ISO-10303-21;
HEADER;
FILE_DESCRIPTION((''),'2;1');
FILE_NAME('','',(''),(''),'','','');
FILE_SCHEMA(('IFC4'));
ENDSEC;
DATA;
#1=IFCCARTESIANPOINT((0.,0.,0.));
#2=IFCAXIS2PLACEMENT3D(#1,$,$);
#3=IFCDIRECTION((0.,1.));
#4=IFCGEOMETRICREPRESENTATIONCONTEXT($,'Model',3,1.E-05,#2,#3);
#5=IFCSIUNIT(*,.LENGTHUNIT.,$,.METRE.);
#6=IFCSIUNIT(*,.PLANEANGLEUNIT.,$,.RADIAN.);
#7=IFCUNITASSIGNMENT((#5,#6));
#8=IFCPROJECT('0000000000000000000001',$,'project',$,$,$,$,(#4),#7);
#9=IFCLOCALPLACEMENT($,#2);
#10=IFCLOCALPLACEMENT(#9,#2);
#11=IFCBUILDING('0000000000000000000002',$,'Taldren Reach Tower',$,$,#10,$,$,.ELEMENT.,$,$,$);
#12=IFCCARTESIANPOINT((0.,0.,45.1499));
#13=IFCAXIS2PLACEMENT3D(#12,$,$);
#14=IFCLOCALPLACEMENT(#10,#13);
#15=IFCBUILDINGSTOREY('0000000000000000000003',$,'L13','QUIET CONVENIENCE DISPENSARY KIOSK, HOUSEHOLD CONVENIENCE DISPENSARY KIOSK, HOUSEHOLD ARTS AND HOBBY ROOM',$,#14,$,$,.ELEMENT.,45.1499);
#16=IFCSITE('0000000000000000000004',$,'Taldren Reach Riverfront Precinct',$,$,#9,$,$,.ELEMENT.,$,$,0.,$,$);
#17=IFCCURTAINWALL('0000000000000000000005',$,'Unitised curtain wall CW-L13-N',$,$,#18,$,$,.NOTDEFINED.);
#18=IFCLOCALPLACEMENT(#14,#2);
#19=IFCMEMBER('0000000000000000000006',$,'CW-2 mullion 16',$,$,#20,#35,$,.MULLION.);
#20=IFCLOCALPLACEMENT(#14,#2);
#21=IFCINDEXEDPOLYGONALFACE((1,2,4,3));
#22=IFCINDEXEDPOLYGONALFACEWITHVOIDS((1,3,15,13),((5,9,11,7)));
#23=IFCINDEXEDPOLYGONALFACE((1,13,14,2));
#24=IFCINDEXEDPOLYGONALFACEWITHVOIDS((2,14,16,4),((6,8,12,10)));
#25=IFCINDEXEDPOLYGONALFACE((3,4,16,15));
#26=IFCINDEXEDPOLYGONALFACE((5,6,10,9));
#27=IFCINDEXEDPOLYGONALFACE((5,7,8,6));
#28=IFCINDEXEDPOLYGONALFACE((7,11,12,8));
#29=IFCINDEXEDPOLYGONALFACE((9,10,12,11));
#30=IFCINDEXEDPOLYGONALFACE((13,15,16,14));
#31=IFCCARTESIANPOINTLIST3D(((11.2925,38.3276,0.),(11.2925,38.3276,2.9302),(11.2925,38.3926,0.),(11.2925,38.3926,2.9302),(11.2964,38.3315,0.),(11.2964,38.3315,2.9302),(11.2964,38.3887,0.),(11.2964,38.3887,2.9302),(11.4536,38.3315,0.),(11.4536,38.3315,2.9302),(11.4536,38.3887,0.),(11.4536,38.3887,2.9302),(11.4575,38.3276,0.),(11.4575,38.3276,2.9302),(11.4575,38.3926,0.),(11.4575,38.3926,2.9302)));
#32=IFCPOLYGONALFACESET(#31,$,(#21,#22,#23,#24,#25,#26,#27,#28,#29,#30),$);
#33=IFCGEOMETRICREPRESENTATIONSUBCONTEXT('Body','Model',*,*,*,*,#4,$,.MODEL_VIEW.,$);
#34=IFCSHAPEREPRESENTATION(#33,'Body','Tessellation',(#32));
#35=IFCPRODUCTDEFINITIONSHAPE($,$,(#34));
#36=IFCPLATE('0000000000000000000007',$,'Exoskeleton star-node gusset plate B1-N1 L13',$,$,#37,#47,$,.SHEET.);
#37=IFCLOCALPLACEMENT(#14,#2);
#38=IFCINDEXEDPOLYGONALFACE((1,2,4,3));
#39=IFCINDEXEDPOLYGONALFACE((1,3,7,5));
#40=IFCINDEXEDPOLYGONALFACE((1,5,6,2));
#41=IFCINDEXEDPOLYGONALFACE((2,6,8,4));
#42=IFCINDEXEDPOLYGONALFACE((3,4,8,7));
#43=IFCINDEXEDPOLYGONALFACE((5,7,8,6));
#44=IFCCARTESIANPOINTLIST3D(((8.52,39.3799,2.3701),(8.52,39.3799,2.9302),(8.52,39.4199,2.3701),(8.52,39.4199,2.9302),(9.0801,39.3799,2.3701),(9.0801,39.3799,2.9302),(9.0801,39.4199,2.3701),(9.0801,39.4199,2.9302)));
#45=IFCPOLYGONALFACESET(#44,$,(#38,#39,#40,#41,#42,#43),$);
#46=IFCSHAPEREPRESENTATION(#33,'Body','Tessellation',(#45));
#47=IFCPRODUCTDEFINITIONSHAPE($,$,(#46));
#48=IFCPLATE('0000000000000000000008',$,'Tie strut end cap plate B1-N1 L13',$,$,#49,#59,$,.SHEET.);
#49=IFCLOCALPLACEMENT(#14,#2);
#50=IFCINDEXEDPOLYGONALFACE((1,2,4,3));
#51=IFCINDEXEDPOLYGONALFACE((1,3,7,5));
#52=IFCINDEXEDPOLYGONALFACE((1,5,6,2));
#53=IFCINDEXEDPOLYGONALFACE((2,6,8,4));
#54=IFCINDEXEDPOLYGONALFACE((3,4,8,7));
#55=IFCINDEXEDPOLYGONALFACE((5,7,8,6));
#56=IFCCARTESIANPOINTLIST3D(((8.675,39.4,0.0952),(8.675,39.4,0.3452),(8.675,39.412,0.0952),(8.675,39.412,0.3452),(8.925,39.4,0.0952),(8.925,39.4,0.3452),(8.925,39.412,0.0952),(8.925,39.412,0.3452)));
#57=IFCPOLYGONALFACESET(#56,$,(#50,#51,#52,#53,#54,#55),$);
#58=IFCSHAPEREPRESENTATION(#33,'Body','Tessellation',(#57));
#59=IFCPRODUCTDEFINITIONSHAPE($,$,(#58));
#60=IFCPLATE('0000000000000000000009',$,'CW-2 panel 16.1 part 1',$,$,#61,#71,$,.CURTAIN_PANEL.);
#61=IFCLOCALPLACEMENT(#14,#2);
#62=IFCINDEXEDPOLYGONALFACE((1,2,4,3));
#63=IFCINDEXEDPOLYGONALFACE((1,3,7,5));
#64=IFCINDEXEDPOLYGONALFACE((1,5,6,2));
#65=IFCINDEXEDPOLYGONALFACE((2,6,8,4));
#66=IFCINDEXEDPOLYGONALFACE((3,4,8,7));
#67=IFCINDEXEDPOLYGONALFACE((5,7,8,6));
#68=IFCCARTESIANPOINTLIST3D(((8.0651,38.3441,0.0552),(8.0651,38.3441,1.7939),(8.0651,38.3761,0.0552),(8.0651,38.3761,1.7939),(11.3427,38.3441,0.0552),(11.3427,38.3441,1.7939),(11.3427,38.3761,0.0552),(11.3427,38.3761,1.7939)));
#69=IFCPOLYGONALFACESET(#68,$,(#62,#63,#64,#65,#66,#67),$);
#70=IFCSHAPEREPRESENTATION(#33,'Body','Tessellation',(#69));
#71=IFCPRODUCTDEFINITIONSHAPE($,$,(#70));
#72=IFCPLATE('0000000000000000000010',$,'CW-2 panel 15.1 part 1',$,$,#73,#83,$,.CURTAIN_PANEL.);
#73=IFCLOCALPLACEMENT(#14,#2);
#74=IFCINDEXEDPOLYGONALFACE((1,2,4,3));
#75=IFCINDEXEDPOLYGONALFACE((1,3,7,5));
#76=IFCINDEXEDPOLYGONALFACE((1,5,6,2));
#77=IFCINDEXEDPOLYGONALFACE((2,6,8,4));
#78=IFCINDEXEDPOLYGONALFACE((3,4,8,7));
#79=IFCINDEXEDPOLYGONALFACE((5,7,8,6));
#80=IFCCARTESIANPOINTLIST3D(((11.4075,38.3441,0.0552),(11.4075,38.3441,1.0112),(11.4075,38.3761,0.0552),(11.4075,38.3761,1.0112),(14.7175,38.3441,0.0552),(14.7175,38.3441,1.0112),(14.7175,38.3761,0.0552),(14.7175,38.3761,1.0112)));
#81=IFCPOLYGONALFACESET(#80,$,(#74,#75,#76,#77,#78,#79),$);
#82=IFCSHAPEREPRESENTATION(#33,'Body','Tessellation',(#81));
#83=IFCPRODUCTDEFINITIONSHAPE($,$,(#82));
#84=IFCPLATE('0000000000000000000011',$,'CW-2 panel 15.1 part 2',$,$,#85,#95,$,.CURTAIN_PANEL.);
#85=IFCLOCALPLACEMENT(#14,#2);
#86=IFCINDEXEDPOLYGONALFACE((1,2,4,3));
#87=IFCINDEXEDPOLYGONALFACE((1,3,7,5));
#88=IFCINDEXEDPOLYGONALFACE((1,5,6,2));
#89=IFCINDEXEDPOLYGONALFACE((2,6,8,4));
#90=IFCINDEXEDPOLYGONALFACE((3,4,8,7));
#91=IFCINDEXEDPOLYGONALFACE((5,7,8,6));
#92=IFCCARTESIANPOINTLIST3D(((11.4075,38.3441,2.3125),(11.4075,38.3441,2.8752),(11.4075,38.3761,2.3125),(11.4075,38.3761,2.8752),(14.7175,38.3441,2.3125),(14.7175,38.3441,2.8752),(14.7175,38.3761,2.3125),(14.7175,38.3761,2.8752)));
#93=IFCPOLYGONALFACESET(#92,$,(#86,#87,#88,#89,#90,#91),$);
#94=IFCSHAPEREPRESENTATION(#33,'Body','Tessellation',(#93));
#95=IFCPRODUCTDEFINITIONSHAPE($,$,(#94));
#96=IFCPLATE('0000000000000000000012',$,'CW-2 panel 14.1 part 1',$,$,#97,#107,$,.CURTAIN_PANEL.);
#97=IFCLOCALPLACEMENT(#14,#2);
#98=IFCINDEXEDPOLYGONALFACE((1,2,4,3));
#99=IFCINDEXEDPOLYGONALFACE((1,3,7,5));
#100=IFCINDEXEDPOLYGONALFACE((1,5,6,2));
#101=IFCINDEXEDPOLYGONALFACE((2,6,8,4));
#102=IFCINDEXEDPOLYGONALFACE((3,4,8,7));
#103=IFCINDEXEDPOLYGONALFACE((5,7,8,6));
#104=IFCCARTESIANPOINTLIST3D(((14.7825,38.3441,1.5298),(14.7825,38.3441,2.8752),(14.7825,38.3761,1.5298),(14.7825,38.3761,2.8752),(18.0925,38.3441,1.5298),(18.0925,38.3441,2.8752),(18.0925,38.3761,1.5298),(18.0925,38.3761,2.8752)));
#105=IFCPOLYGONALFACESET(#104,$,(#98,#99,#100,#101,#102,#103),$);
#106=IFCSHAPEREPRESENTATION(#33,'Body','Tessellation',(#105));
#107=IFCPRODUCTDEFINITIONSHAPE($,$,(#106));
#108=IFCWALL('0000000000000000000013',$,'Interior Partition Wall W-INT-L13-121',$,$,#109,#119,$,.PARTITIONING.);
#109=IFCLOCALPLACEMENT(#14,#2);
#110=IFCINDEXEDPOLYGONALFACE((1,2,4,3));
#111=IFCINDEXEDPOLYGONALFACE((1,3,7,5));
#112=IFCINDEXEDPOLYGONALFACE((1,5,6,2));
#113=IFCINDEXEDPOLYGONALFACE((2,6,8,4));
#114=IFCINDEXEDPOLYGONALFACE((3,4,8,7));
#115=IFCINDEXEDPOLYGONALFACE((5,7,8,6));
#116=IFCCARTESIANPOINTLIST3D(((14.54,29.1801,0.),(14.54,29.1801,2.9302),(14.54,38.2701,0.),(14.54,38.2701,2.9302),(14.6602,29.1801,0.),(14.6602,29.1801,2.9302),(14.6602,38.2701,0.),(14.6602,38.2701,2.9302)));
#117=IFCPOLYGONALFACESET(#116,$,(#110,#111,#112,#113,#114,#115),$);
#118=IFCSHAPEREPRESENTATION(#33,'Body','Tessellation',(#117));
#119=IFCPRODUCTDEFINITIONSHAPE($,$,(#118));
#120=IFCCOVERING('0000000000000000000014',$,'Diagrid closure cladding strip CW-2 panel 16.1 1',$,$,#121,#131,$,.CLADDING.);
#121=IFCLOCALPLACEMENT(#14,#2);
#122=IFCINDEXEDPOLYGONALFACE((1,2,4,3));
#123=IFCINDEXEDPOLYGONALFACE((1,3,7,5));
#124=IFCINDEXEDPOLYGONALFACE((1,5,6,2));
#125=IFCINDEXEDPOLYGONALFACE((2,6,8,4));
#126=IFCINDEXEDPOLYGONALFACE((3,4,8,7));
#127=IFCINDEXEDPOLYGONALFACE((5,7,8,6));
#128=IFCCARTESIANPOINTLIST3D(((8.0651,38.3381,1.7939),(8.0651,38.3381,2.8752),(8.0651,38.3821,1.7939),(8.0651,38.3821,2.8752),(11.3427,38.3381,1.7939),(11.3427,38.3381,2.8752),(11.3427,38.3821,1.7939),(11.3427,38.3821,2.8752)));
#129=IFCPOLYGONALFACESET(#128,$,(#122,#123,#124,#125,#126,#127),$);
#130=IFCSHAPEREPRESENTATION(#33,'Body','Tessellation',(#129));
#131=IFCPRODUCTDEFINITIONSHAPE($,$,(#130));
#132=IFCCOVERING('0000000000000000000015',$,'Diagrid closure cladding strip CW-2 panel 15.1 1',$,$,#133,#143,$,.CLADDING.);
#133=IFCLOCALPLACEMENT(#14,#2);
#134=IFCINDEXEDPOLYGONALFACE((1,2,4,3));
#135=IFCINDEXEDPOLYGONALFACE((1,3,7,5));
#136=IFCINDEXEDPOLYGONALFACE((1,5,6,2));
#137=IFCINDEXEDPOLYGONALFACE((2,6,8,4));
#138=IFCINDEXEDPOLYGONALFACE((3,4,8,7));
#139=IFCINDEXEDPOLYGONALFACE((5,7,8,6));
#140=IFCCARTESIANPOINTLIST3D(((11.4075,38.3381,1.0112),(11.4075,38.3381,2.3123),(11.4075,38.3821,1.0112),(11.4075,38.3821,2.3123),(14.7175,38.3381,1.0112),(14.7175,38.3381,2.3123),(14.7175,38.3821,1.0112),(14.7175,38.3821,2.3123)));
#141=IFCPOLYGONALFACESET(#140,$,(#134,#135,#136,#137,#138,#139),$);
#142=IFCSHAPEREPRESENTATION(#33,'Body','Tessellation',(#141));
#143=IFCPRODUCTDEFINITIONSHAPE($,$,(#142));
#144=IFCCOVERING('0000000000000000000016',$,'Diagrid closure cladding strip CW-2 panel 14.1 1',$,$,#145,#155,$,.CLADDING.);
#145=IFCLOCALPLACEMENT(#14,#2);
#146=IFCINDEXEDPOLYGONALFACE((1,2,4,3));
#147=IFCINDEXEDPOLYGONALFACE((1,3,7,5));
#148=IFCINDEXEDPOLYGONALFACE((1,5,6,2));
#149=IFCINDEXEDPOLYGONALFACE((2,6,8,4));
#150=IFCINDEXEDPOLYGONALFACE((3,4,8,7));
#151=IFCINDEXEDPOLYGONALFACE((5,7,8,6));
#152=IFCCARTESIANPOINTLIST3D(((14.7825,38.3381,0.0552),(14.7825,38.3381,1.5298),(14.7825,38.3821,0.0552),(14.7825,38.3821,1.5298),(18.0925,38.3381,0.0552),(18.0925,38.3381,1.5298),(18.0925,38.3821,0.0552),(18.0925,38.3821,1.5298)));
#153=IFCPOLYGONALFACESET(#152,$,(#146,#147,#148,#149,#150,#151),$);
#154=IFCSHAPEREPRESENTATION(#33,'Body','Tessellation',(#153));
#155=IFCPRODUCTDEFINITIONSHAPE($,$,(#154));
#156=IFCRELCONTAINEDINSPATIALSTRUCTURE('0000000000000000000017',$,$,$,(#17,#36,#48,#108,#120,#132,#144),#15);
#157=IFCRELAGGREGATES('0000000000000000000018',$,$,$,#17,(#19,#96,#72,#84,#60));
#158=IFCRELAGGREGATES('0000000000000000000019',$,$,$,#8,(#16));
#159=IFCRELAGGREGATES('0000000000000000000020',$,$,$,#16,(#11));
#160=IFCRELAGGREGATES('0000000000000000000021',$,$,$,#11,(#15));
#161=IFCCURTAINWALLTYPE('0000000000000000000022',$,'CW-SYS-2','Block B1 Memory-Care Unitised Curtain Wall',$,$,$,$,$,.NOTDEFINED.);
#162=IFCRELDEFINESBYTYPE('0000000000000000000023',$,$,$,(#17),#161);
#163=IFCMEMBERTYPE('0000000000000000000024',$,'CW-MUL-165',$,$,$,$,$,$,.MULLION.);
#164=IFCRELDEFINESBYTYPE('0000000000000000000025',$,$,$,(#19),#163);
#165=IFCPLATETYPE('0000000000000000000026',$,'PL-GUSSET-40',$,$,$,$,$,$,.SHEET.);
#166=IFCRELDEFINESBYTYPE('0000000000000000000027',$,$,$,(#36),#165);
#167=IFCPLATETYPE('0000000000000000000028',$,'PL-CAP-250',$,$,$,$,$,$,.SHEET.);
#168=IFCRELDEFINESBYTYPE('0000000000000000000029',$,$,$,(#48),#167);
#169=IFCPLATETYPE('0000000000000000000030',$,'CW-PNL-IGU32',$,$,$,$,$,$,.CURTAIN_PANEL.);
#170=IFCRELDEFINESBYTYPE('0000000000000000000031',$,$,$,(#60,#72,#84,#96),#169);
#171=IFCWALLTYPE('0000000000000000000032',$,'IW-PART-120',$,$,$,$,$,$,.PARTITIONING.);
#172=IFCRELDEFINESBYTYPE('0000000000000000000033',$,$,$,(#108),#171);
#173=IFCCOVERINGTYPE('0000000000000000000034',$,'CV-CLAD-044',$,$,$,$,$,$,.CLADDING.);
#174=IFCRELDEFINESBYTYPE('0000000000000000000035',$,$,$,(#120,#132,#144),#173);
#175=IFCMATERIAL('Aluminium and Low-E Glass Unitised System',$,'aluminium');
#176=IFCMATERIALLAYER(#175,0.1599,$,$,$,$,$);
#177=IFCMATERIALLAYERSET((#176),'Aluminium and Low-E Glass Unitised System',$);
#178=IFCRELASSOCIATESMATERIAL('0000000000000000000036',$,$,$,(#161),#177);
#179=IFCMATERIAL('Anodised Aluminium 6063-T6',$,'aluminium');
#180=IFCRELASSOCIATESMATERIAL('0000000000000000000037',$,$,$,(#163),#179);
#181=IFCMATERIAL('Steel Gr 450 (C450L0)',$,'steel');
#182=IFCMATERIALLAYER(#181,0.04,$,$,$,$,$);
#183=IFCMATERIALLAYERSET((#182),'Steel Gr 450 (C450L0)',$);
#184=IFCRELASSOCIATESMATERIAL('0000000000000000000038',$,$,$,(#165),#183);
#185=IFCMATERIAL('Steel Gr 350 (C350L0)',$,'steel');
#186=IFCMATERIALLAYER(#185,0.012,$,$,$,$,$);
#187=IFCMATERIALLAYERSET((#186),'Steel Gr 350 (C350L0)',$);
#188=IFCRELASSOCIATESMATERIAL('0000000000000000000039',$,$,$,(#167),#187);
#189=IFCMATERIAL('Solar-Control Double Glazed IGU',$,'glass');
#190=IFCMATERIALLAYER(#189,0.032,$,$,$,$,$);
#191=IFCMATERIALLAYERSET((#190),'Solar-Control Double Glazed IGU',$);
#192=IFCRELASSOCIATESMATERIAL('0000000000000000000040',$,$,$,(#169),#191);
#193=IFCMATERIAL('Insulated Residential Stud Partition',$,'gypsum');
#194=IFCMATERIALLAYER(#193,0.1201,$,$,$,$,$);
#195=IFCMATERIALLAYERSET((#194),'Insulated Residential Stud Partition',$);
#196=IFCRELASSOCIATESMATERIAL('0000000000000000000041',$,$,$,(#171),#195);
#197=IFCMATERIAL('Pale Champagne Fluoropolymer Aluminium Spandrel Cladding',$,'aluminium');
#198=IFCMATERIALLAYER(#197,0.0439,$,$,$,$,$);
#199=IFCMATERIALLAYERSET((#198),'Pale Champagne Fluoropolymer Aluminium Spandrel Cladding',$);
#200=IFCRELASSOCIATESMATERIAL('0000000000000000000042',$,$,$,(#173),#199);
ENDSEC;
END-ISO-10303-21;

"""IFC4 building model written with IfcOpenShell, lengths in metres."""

from ifc_helpers import new_model, si_unit, direction, frame, frame_2d, origin, origin_2d, place, context, subcontext, project, spatial, rectangle, hollow_rectangle, extrude, source, transform, mapped, material, layer, layer_set, material_profile, profile_set, type_object, element, aggregate, save


model = new_model("IFC4")

# Units and contexts
model_context = context("Model", 3, precision=1e-05, world=origin(), true_north=direction((0.0, 1.0)))
body_context = subcontext(model_context, "Body", "Model", "MODEL_VIEW")
ifc_project = project(units=[si_unit("LENGTHUNIT", "METRE"), si_unit("PLANEANGLEUNIT", "RADIAN")], contexts=[model_context])

# Site, building, storey
site_placement = place(None, origin())
site = spatial("IfcSite", under=ifc_project, at=site_placement, Name="Taldren Reach Riverfront Precinct", CompositionType="ELEMENT", RefElevation=0.0)
building_placement = place(site_placement, origin())
building = spatial("IfcBuilding", under=site, at=building_placement, Name="Taldren Reach Tower", CompositionType="ELEMENT")
storey_placement = place(building_placement, frame((0.0, 0.0, 45.1499)))
storey = spatial("IfcBuildingStorey", under=building, at=storey_placement, Name="L13", Description="QUIET CONVENIENCE DISPENSARY KIOSK, HOUSEHOLD CONVENIENCE DISPENSARY KIOSK, HOUSEHOLD ARTS AND HOBBY ROOM", CompositionType="ELEMENT", Elevation=45.1499)

# Shared definitions
ifc_material_1 = material(Name="Steel Gr 450 (C450L0)", Category="steel")
ifc_material_2 = material(Name="Steel Gr 350 (C350L0)", Category="steel")

# Curtain wall, member
ifc_material_3 = material(Name="Aluminium and Low-E Glass Unitised System", Category="aluminium")
ifc_layer_1 = layer(ifc_material_3, 0.1599)
ifc_layer_set_1 = layer_set([ifc_layer_1], Name="Aluminium and Low-E Glass Unitised System")
curtain_wall_type = type_object("IfcCurtainWallType", Name="CW-SYS-2", Description="Block B1 Memory-Care Unitised Curtain Wall", PredefinedType="NOTDEFINED", material=ifc_layer_set_1)
curtain_wall_placement = place(storey_placement, origin())
curtain_wall = element("IfcCurtainWall", 1, at=curtain_wall_placement, inside=storey, type_object=curtain_wall_type, Name="Unitised curtain wall CW-L13-N", PredefinedType="NOTDEFINED")
ifc_material_4 = material(Name="Anodised Aluminium 6063-T6", Category="aluminium")
ifc_material_profile_1 = material_profile(ifc_material_4, hollow_rectangle(XDim=0.0649, YDim=0.165, WallThickness=0.0039, at=origin_2d()), Name="ALU-165x65x4RHS")
ifc_profile_set_1 = profile_set([ifc_material_profile_1], Name="Anodised Aluminium 6063-T6")
member_type_1 = type_object("IfcMemberType", Name="CW-MUL-165", PredefinedType="MULLION", material=ifc_profile_set_1)
shared_shape_1 = source(origin(), body_context, "Body", "SweptSolid", [
    extrude(hollow_rectangle(XDim=0.0649, YDim=0.165, WallThickness=0.0039, at=origin_2d()), origin(), (0.0, 0.0, 1.0), 2.9302),
])
member_1_placement = place(storey_placement, frame((11.375, 38.3601, 0.0), z_axis=(0.0, 0.0, 1.0), x_axis=(0.0, -1.0, 0.0)))
member_1 = element("IfcMember", 2, at=member_1_placement, type_object=member_type_1, Name="CW-2 mullion 16", PredefinedType="MULLION", context=body_context, shape_type="MappedRepresentation", body=[
    mapped(shared_shape_1, transform((0.0, 0.0, 0.0), scale=1.0)),
])

# Plates
ifc_layer_2 = layer(ifc_material_1, 0.04)
ifc_layer_set_2 = layer_set([ifc_layer_2], Name="Steel Gr 450 (C450L0)")
plate_type_1 = type_object("IfcPlateType", Name="PL-GUSSET-40", PredefinedType="SHEET", material=ifc_layer_set_2)
shared_shape_2 = source(origin(), body_context, "Body", "SweptSolid", [
    extrude(rectangle(XDim=0.5601, YDim=0.04, at=origin_2d()), origin(), (0.0, 0.0, 1.0), 0.5601),
])
plate_1_placement = place(storey_placement, frame((8.8, 39.3999, 2.3701), z_axis=(0.0, 0.0, 1.0), x_axis=(1.0, 0.0, 0.0)))
element("IfcPlate", 3, at=plate_1_placement, inside=storey, type_object=plate_type_1, Name="Exoskeleton star-node gusset plate B1-N1 L13", PredefinedType="SHEET", context=body_context, shape_type="MappedRepresentation", body=[
    mapped(shared_shape_2, transform((0.0, 0.0, 0.0), scale=1.0)),
])
ifc_layer_3 = layer(ifc_material_2, 0.012)
ifc_layer_set_3 = layer_set([ifc_layer_3], Name="Steel Gr 350 (C350L0)")
plate_type_2 = type_object("IfcPlateType", Name="PL-CAP-250", PredefinedType="SHEET", material=ifc_layer_set_3)
shared_shape_3 = source(origin(), body_context, "Body", "SweptSolid", [
    extrude(rectangle(XDim=0.25, YDim=0.012, at=origin_2d()), origin(), (0.0, 0.0, 1.0), 0.25),
])
plate_2_placement = place(storey_placement, frame((8.8, 39.406, 0.0952), z_axis=(0.0, 0.0, 1.0), x_axis=(1.0, 0.0, 0.0)))
element("IfcPlate", 4, at=plate_2_placement, inside=storey, type_object=plate_type_2, Name="Tie strut end cap plate B1-N1 L13", PredefinedType="SHEET", context=body_context, shape_type="MappedRepresentation", body=[
    mapped(shared_shape_3, transform((0.0, 0.0, 0.0), scale=1.0)),
])

# Plates
ifc_material_5 = material(Name="Solar-Control Double Glazed IGU", Category="glass")
ifc_layer_4 = layer(ifc_material_5, 0.032)
ifc_layer_set_4 = layer_set([ifc_layer_4], Name="Solar-Control Double Glazed IGU")
plate_type_3 = type_object("IfcPlateType", Name="CW-PNL-IGU32", PredefinedType="CURTAIN_PANEL", material=ifc_layer_set_4)
shared_shape_4 = source(origin(), body_context, "Body", "SweptSolid", [
    extrude(rectangle(XDim=3.2776, YDim=0.032, at=origin_2d()), origin(), (0.0, 0.0, 1.0), 1.7388),
])
plate_3_placement = place(storey_placement, frame((9.7039, 38.3601, 0.0552), z_axis=(0.0, 0.0, 1.0), x_axis=(-1.0, 0.0, 0.0)))
plate_3 = element("IfcPlate", 5, at=plate_3_placement, type_object=plate_type_3, Name="CW-2 panel 16.1 part 1", PredefinedType="CURTAIN_PANEL", context=body_context, shape_type="MappedRepresentation", body=[
    mapped(shared_shape_4, transform((0.0, 0.0, 0.0), scale=1.0)),
])
shared_shape_5 = source(origin(), body_context, "Body", "SweptSolid", [
    extrude(rectangle(XDim=3.3101, YDim=0.032, at=origin_2d()), origin(), (0.0, 0.0, 1.0), 0.9561),
])
plate_4_placement = place(storey_placement, frame((13.0625, 38.3601, 0.0552), z_axis=(0.0, 0.0, 1.0), x_axis=(-1.0, 0.0, 0.0)))
plate_4 = element("IfcPlate", 6, at=plate_4_placement, type_object=plate_type_3, Name="CW-2 panel 15.1 part 1", PredefinedType="CURTAIN_PANEL", context=body_context, shape_type="MappedRepresentation", body=[
    mapped(shared_shape_5, transform((0.0, 0.0, 0.0), scale=1.0)),
])
shared_shape_6 = source(origin(), body_context, "Body", "SweptSolid", [
    extrude(rectangle(XDim=3.3101, YDim=0.032, at=origin_2d()), origin(), (0.0, 0.0, 1.0), 0.5627),
])
plate_5_placement = place(storey_placement, frame((13.0625, 38.3601, 2.3125), z_axis=(0.0, 0.0, 1.0), x_axis=(-1.0, 0.0, 0.0)))
plate_5 = element("IfcPlate", 7, at=plate_5_placement, type_object=plate_type_3, Name="CW-2 panel 15.1 part 2", PredefinedType="CURTAIN_PANEL", context=body_context, shape_type="MappedRepresentation", body=[
    mapped(shared_shape_6, transform((0.0, 0.0, 0.0), scale=1.0)),
])
shared_shape_7 = source(origin(), body_context, "Body", "SweptSolid", [
    extrude(rectangle(XDim=3.3101, YDim=0.032, at=origin_2d()), origin(), (0.0, 0.0, 1.0), 1.3455),
])
plate_6_placement = place(storey_placement, frame((16.4375, 38.3601, 1.5298), z_axis=(0.0, 0.0, 1.0), x_axis=(-1.0, 0.0, 0.0)))
plate_6 = element("IfcPlate", 8, at=plate_6_placement, type_object=plate_type_3, Name="CW-2 panel 14.1 part 1", PredefinedType="CURTAIN_PANEL", context=body_context, shape_type="MappedRepresentation", body=[
    mapped(shared_shape_7, transform((0.0, 0.0, 0.0), scale=1.0)),
])
aggregate(curtain_wall, [member_1, plate_6, plate_4, plate_5, plate_3])

# Wall
ifc_material_6 = material(Name="Insulated Residential Stud Partition", Category="gypsum")
ifc_layer_5 = layer(ifc_material_6, 0.1201)
ifc_layer_set_5 = layer_set([ifc_layer_5], Name="Insulated Residential Stud Partition")
wall_type = type_object("IfcWallType", Name="IW-PART-120", PredefinedType="PARTITIONING", material=ifc_layer_set_5)
shared_shape_8 = source(origin(), body_context, "Body", "SweptSolid", [
    extrude(rectangle(XDim=9.0901, YDim=0.1201, at=frame_2d((4.5449, 0.0))), origin(), (0.0, 0.0, 1.0), 2.9302),
])
wall_placement = place(storey_placement, frame((14.6001, 38.27, 0.0), z_axis=(0.0, 0.0, 1.0), x_axis=(0.0, -1.0, 0.0)))
element("IfcWall", 9, at=wall_placement, inside=storey, type_object=wall_type, Name="Interior Partition Wall W-INT-L13-121", PredefinedType="PARTITIONING", context=body_context, shape_type="MappedRepresentation", body=[
    mapped(shared_shape_8, transform((0.0, 0.0, 0.0), scale=1.0)),
])

# Coverings
ifc_material_7 = material(Name="Pale Champagne Fluoropolymer Aluminium Spandrel Cladding", Category="aluminium")
ifc_layer_6 = layer(ifc_material_7, 0.0439)
ifc_layer_set_6 = layer_set([ifc_layer_6], Name="Pale Champagne Fluoropolymer Aluminium Spandrel Cladding")
covering_type = type_object("IfcCoveringType", Name="CV-CLAD-044", PredefinedType="CLADDING", material=ifc_layer_set_6)
shared_shape_9 = source(origin(), body_context, "Body", "SweptSolid", [
    extrude(rectangle(XDim=3.2776, YDim=0.0439, at=origin_2d()), origin(), (0.0, 0.0, 1.0), 1.0813),
])
covering_1_placement = place(storey_placement, frame((9.7039, 38.3601, 1.7939), z_axis=(0.0, 0.0, 1.0), x_axis=(-1.0, 0.0, 0.0)))
element("IfcCovering", 10, at=covering_1_placement, inside=storey, type_object=covering_type, Name="Diagrid closure cladding strip CW-2 panel 16.1 1", PredefinedType="CLADDING", context=body_context, shape_type="MappedRepresentation", body=[
    mapped(shared_shape_9, transform((0.0, 0.0, 0.0), scale=1.0)),
])
shared_shape_10 = source(origin(), body_context, "Body", "SweptSolid", [
    extrude(rectangle(XDim=3.3101, YDim=0.0439, at=origin_2d()), origin(), (0.0, 0.0, 1.0), 1.301),
])
covering_2_placement = place(storey_placement, frame((13.0625, 38.3601, 1.0112), z_axis=(0.0, 0.0, 1.0), x_axis=(-1.0, 0.0, 0.0)))
element("IfcCovering", 11, at=covering_2_placement, inside=storey, type_object=covering_type, Name="Diagrid closure cladding strip CW-2 panel 15.1 1", PredefinedType="CLADDING", context=body_context, shape_type="MappedRepresentation", body=[
    mapped(shared_shape_10, transform((0.0, 0.0, 0.0), scale=1.0)),
])
shared_shape_11 = source(origin(), body_context, "Body", "SweptSolid", [
    extrude(rectangle(XDim=3.3101, YDim=0.0439, at=origin_2d()), origin(), (0.0, 0.0, 1.0), 1.4746),
])
covering_3_placement = place(storey_placement, frame((16.4375, 38.3601, 0.0552), z_axis=(0.0, 0.0, 1.0), x_axis=(-1.0, 0.0, 0.0)))
element("IfcCovering", 12, at=covering_3_placement, inside=storey, type_object=covering_type, Name="Diagrid closure cladding strip CW-2 panel 14.1 1", PredefinedType="CLADDING", context=body_context, shape_type="MappedRepresentation", body=[
    mapped(shared_shape_11, transform((0.0, 0.0, 0.0), scale=1.0)),
])

save(model, "model.ifc")
